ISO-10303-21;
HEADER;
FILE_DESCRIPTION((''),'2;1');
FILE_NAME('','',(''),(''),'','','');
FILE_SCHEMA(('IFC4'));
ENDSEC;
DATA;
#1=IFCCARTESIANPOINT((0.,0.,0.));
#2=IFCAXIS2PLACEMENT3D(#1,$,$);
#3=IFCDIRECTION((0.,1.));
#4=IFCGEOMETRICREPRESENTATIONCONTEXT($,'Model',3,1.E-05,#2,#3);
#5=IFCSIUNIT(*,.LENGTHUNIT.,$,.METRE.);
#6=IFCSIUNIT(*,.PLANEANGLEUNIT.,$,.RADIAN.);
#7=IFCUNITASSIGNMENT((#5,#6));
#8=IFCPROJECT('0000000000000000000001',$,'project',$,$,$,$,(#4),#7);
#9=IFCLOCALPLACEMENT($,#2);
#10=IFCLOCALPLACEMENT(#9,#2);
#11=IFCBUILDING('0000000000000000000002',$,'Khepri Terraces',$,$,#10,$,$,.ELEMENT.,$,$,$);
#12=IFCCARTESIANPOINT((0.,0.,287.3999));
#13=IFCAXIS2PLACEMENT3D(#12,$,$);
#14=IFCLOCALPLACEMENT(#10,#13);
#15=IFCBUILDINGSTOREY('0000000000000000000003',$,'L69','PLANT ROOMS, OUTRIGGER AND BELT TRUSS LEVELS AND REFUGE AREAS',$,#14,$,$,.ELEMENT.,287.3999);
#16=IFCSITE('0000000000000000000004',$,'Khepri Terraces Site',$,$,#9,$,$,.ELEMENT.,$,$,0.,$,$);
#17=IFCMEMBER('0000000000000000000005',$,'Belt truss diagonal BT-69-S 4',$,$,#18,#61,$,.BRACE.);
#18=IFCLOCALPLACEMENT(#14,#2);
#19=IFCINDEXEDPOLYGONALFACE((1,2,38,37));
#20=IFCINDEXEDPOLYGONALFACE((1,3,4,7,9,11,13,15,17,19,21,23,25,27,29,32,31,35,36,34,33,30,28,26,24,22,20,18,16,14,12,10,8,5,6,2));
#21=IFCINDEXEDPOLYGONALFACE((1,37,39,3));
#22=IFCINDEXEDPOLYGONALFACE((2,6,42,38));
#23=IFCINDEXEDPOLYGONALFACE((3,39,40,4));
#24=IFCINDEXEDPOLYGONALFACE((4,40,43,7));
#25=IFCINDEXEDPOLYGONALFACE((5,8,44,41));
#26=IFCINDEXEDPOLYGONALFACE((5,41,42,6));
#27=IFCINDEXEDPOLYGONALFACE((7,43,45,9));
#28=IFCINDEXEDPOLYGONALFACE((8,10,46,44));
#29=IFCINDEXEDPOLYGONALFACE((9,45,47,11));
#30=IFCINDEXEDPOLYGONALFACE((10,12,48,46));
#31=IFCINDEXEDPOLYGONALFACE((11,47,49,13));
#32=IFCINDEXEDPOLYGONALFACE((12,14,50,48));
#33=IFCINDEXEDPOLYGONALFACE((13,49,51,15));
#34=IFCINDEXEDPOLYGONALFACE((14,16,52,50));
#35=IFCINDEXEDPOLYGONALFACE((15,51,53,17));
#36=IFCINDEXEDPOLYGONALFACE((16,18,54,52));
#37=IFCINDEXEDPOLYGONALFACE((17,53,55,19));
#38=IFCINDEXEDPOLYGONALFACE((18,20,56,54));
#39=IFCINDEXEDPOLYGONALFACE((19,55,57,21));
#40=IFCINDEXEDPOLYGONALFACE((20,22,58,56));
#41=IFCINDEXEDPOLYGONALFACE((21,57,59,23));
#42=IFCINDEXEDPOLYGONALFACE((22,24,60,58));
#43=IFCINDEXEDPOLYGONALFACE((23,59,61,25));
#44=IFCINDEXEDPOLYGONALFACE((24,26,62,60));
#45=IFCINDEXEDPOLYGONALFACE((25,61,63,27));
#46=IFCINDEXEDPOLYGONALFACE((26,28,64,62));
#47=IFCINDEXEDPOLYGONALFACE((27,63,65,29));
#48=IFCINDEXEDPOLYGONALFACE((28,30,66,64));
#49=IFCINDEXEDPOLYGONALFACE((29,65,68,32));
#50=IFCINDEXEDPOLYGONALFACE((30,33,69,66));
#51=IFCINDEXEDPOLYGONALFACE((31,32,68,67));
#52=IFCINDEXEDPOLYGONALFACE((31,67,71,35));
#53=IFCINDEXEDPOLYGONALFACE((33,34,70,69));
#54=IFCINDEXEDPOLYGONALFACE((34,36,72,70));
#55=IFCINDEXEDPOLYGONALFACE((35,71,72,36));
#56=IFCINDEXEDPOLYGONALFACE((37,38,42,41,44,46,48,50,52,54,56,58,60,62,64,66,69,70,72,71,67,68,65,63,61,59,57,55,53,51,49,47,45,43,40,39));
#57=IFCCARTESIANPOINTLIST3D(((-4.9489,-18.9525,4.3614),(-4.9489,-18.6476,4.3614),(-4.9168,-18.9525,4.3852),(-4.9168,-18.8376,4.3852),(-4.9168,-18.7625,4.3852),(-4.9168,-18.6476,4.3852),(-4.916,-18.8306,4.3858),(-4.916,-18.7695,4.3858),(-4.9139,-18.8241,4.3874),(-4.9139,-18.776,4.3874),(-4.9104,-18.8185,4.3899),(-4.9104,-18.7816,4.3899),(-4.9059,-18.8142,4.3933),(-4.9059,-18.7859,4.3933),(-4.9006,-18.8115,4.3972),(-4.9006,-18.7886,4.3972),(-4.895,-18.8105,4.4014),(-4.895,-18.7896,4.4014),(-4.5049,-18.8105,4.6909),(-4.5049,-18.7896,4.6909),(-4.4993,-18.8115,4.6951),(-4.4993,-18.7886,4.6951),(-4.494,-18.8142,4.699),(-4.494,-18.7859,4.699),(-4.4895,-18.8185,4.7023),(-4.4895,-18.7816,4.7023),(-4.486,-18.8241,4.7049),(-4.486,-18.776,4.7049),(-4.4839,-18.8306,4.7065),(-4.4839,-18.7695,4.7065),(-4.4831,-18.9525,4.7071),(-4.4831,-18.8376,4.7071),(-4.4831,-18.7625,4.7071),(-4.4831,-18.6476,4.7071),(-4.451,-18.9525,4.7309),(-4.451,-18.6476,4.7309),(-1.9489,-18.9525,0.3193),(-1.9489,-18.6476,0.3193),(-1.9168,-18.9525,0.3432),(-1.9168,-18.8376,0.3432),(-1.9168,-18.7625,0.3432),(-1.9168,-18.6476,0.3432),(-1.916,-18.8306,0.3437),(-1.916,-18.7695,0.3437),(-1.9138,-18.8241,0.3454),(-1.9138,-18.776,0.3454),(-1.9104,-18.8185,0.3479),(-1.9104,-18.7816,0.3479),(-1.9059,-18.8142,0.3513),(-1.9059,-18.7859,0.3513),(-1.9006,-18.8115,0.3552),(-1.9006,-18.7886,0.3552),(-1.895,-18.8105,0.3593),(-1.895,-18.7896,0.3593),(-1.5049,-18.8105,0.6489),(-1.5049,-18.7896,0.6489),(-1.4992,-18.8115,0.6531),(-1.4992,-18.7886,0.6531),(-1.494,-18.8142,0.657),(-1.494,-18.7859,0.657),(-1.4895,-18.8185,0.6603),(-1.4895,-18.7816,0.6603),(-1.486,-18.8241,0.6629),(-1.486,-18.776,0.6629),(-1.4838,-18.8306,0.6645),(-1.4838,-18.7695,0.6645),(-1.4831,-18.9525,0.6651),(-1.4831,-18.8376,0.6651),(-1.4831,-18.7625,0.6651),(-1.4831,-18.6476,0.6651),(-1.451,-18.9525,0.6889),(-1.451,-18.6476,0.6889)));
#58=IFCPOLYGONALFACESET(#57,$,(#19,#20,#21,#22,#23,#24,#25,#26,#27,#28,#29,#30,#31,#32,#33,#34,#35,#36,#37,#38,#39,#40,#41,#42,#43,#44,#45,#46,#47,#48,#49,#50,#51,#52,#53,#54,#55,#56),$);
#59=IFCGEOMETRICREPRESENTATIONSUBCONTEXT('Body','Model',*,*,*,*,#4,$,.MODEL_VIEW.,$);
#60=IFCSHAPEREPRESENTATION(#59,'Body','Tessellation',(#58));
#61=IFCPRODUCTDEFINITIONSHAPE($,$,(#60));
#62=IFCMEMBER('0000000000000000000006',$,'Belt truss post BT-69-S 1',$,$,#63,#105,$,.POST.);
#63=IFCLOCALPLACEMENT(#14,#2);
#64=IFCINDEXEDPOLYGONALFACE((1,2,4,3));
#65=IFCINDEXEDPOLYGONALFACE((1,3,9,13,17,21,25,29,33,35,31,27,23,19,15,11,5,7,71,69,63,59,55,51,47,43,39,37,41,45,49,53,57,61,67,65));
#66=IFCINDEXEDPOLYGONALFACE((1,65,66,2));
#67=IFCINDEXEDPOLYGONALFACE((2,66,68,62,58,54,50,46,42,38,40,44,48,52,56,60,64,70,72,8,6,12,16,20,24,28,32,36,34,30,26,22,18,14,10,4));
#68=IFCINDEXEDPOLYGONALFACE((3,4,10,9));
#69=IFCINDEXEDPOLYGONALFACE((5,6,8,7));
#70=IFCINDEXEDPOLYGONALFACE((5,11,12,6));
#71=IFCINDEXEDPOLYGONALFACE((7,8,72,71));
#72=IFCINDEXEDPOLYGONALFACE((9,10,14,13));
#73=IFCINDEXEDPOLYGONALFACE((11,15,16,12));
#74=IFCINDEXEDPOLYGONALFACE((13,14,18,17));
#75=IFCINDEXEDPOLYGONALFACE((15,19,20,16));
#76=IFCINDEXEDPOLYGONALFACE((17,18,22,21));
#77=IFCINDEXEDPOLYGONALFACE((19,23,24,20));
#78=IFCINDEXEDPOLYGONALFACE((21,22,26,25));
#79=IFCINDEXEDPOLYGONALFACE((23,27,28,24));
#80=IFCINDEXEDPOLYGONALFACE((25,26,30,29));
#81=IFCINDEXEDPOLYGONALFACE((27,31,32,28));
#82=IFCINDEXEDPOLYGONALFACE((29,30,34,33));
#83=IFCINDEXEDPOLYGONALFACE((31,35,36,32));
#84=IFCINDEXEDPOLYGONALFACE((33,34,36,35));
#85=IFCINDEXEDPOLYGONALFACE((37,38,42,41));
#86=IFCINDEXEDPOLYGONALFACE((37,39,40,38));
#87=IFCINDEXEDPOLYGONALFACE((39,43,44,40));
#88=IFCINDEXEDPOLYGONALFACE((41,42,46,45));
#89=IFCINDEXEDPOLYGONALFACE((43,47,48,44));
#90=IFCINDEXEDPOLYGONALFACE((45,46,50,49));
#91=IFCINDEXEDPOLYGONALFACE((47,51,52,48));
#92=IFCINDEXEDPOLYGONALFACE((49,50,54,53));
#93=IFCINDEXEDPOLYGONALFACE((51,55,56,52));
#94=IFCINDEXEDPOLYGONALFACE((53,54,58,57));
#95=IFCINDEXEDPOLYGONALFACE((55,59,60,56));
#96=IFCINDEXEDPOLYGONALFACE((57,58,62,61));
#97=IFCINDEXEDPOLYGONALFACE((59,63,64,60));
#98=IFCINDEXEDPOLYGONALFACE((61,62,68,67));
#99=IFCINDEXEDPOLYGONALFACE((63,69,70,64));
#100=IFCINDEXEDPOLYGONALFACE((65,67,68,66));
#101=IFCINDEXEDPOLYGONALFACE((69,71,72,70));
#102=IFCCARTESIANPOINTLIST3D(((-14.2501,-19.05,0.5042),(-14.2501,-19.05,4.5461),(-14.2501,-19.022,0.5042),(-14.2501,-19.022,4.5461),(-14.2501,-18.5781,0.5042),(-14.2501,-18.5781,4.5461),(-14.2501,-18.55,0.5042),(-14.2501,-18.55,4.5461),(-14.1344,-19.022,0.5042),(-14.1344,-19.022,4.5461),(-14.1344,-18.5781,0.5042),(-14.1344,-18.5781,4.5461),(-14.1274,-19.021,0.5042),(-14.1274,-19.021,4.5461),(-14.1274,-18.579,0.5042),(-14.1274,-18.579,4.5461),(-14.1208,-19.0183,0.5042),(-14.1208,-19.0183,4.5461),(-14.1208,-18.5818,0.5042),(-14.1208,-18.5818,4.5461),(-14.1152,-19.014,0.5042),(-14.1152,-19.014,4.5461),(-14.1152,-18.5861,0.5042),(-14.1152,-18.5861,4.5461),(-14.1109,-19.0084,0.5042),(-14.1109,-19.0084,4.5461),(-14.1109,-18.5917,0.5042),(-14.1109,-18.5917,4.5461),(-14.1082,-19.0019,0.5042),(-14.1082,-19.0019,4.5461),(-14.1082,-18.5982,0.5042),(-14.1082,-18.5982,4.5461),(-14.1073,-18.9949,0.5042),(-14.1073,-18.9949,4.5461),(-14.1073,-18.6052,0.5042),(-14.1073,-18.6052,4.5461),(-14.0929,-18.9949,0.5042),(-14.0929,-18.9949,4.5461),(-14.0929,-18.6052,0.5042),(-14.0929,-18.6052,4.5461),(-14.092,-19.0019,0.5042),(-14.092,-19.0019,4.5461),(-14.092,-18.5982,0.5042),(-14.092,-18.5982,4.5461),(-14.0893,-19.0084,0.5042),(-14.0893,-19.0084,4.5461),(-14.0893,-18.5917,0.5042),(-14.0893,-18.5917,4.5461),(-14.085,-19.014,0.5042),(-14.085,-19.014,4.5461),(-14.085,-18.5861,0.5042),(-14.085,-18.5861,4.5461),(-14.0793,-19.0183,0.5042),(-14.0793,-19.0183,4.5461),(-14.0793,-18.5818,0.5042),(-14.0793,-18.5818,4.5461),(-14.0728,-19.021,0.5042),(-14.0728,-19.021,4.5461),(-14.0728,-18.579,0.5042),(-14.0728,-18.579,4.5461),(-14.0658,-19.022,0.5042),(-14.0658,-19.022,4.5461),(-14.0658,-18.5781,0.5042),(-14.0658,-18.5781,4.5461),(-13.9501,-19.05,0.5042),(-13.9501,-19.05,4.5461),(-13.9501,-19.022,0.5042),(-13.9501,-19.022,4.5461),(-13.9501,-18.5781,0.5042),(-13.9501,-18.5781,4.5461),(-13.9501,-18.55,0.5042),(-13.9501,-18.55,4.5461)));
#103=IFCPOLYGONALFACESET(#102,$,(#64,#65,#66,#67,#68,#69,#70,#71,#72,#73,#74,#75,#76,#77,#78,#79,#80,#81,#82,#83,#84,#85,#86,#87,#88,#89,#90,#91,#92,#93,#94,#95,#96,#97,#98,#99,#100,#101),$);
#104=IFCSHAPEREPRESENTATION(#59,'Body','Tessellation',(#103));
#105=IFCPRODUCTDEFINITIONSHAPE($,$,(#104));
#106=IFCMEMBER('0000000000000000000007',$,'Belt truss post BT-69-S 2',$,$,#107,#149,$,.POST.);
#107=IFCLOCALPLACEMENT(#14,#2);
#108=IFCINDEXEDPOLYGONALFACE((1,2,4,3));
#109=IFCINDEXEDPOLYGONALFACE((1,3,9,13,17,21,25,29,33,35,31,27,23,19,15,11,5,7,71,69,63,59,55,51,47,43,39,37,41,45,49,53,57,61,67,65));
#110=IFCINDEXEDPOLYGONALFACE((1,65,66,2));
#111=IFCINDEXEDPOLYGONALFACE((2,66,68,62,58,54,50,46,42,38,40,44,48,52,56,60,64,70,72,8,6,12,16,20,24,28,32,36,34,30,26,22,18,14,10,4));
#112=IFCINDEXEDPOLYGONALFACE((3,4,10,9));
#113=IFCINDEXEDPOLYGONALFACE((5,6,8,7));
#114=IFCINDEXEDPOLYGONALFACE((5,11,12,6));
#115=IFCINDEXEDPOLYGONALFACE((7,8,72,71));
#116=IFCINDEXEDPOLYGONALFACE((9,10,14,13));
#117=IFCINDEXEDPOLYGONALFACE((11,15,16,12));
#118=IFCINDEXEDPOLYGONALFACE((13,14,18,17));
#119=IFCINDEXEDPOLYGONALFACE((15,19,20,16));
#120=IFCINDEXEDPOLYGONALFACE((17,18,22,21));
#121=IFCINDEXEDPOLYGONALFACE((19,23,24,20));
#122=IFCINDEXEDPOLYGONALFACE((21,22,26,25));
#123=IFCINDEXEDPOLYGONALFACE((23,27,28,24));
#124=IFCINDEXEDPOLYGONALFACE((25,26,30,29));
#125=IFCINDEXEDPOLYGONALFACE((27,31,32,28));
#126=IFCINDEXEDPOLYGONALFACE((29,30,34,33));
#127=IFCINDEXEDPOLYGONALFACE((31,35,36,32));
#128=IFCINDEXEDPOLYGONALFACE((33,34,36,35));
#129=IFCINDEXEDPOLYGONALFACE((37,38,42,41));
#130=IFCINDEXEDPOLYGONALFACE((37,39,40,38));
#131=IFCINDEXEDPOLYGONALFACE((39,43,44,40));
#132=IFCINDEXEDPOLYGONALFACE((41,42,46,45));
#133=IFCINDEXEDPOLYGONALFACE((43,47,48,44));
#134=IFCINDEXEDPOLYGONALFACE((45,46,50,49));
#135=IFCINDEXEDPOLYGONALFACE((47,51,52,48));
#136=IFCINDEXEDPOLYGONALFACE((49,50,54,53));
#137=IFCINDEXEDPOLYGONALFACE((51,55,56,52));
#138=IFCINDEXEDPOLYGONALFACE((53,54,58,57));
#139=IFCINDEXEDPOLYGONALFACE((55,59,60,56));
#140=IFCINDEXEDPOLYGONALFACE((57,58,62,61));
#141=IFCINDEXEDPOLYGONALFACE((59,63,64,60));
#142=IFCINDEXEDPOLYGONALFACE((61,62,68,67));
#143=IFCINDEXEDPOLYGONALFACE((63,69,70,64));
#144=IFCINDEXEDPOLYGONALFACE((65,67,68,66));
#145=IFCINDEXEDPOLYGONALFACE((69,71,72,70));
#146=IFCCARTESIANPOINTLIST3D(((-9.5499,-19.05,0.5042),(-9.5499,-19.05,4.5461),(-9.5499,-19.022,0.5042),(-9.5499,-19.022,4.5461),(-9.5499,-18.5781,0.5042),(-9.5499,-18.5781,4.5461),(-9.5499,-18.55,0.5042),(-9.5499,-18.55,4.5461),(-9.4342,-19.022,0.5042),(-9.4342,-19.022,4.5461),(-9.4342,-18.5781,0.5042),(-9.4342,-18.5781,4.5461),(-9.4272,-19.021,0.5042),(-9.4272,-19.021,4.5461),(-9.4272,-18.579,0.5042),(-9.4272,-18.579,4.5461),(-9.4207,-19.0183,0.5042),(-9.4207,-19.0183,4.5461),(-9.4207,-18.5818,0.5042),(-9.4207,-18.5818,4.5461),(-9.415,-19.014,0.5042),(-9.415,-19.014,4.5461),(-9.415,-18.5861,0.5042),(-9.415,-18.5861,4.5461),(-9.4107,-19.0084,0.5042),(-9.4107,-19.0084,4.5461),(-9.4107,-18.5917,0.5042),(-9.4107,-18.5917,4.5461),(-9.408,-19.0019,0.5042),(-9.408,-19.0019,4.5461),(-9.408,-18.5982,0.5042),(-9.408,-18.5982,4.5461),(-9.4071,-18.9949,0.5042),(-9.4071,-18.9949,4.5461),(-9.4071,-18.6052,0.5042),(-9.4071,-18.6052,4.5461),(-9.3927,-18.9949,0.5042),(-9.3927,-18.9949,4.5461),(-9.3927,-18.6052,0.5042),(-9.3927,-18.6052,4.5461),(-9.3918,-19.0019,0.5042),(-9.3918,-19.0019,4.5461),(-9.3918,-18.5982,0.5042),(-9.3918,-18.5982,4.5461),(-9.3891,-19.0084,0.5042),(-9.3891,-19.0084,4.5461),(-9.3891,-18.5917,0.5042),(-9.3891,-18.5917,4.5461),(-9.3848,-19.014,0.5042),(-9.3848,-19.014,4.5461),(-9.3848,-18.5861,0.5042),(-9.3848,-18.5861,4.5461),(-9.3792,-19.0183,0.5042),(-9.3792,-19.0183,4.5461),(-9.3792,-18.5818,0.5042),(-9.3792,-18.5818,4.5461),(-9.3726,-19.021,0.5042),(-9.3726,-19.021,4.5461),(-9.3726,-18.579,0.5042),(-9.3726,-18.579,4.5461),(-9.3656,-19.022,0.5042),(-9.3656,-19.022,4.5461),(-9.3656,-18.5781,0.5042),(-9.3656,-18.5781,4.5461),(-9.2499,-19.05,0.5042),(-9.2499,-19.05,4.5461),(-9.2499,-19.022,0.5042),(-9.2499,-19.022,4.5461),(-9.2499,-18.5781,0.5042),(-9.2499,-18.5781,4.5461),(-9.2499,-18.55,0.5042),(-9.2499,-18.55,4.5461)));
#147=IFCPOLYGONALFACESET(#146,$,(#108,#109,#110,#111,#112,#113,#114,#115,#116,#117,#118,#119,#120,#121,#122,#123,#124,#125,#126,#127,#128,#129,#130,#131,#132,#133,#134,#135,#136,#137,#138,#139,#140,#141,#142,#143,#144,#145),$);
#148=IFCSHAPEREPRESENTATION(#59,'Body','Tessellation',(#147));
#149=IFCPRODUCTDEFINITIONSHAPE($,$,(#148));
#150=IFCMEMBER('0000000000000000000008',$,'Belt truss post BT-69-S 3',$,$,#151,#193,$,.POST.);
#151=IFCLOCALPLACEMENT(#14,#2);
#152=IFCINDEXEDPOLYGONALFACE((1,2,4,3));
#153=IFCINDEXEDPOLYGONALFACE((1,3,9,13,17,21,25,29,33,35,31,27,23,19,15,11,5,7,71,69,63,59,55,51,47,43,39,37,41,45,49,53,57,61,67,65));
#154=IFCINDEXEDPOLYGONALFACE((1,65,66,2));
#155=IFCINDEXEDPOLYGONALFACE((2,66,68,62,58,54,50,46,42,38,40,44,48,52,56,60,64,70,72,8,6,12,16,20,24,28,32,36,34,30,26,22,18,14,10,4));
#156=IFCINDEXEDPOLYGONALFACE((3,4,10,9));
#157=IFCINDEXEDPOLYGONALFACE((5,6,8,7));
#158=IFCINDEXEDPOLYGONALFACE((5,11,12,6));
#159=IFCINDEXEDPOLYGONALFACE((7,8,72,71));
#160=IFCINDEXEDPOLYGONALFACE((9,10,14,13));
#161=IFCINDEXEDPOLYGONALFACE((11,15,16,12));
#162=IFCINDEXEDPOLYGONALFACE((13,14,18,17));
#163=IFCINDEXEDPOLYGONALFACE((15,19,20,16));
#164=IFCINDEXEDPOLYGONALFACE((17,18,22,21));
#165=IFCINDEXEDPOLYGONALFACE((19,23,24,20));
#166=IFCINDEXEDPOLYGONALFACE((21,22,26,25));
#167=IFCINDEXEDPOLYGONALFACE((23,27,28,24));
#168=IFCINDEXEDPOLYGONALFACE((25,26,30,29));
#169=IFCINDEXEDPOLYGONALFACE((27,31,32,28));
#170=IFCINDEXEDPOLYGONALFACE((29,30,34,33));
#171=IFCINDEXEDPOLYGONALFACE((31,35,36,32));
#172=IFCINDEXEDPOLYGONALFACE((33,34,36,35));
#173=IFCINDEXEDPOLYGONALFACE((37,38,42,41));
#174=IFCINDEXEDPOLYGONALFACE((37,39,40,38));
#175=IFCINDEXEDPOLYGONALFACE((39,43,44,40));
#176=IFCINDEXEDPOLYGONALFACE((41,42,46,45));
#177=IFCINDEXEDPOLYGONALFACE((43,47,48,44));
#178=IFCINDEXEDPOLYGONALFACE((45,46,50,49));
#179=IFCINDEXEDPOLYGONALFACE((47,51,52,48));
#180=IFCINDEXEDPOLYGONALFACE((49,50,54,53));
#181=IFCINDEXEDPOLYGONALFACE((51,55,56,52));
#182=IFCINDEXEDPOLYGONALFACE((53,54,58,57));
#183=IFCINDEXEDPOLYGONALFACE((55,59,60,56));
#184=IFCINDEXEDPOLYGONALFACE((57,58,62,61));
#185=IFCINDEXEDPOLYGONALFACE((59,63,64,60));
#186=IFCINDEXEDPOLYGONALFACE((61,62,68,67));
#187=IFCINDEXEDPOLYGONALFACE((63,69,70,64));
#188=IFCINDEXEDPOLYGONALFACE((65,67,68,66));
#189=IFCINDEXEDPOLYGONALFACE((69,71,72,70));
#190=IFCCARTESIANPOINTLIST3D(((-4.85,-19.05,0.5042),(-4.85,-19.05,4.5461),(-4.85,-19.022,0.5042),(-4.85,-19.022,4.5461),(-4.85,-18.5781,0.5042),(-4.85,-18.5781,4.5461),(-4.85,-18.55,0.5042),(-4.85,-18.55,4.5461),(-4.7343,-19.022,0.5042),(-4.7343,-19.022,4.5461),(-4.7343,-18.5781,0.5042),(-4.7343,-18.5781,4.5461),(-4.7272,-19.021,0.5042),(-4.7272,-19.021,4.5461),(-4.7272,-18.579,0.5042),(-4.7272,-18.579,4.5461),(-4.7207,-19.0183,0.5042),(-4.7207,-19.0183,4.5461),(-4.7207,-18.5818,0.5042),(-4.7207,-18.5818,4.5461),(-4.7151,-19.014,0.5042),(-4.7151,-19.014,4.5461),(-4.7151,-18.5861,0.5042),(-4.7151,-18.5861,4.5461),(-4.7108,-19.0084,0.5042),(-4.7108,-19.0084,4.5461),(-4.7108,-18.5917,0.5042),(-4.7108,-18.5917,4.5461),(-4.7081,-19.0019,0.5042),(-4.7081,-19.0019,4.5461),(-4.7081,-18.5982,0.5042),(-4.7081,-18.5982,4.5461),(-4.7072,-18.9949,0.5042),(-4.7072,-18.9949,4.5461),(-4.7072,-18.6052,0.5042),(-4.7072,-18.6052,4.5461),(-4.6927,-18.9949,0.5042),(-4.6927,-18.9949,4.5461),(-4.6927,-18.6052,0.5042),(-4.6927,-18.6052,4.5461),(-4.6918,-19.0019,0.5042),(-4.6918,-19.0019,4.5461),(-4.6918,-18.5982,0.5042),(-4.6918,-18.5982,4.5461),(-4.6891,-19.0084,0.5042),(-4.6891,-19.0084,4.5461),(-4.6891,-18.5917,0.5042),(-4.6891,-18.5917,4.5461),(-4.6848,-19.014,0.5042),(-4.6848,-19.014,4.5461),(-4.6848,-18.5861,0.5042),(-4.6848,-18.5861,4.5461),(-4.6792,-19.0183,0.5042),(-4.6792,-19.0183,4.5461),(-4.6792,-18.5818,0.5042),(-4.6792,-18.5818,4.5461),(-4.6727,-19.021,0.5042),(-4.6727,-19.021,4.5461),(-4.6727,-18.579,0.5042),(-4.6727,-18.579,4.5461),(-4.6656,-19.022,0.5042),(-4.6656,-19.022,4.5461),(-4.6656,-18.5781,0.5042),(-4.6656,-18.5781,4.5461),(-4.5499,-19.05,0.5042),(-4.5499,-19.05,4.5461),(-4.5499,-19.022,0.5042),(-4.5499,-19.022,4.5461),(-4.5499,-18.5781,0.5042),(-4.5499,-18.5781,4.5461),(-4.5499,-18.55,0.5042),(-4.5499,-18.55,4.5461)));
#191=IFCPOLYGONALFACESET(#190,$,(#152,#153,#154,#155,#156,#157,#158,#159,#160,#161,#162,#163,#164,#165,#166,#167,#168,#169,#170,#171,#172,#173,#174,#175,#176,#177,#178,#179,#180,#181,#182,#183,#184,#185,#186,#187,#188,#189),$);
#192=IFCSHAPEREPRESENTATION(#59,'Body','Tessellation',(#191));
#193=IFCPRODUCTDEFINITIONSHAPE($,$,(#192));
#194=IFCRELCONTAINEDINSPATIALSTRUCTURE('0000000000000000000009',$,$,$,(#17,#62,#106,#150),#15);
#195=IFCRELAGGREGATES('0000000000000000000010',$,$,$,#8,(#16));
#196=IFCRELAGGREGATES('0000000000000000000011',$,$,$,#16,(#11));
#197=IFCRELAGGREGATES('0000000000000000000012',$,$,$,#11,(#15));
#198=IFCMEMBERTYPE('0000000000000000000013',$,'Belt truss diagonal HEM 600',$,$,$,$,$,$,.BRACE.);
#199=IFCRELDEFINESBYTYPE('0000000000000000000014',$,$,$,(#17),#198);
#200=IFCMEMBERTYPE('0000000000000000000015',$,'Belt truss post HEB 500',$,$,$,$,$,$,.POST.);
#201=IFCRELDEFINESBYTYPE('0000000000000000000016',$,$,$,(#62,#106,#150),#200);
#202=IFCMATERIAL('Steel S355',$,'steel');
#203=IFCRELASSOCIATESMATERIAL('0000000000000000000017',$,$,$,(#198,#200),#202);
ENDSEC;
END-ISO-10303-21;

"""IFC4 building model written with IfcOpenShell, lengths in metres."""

from ifc_helpers import new_model, si_unit, direction, frame, origin, origin_2d, place, context, subcontext, project, spatial, i_section, extrude, material, material_profile, profile_set, type_object, element, save


model = new_model("IFC4")

# Units and contexts
model_context = context("Model", 3, precision=1e-05, world=origin(), true_north=direction((0.0, 1.0)))
body_context = subcontext(model_context, "Body", "Model", "MODEL_VIEW")
ifc_project = project(units=[si_unit("LENGTHUNIT", "METRE"), si_unit("PLANEANGLEUNIT", "RADIAN")], contexts=[model_context])

# Site, building, storey
site_placement = place(None, origin())
site = spatial("IfcSite", under=ifc_project, at=site_placement, Name="Khepri Terraces Site", CompositionType="ELEMENT", RefElevation=0.0)
building_placement = place(site_placement, origin())
building = spatial("IfcBuilding", under=site, at=building_placement, Name="Khepri Terraces", CompositionType="ELEMENT")
storey_placement = place(building_placement, frame((0.0, 0.0, 287.3999)))
storey = spatial("IfcBuildingStorey", under=building, at=storey_placement, Name="L69", Description="PLANT ROOMS, OUTRIGGER AND BELT TRUSS LEVELS AND REFUGE AREAS", CompositionType="ELEMENT", Elevation=287.3999)

# Members
ifc_material_1 = material(Name="Steel S355", Category="steel")
ifc_material_profile_1 = material_profile(ifc_material_1, i_section(OverallWidth=0.3049, OverallDepth=0.6201, WebThickness=0.021, FlangeThickness=0.04, FilletRadius=0.0271, at=origin_2d()), Name="Steel S355", Category="steel")
ifc_profile_set_1 = profile_set([ifc_material_profile_1], Name="Steel S355")
member_type_1 = type_object("IfcMemberType", Name="Belt truss diagonal HEM 600", PredefinedType="BRACE", material=ifc_profile_set_1)
member_1_placement = place(storey_placement, frame((-4.7, -18.8, 4.5461), z_axis=(0.595988, 0.0, -0.802993), x_axis=(0.0, 1.0, 0.0)))
element("IfcMember", 1, at=member_1_placement, inside=storey, type_object=member_type_1, Name="Belt truss diagonal BT-69-S 4", PredefinedType="BRACE", context=body_context, shape_type="SweptSolid", body=[
    extrude(i_section(OverallWidth=0.3049, OverallDepth=0.6201, WebThickness=0.021, FlangeThickness=0.04, FilletRadius=0.0271, at=origin_2d()), origin(), (0.0, 0.0, 1.0), 5.0337),
])
ifc_material_profile_2 = material_profile(ifc_material_1, i_section(OverallWidth=0.3, OverallDepth=0.5, WebThickness=0.0144, FlangeThickness=0.0281, FilletRadius=0.0271, at=origin_2d()), Name="Steel S355", Category="steel")
ifc_profile_set_2 = profile_set([ifc_material_profile_2], Name="Steel S355")
member_type_2 = type_object("IfcMemberType", Name="Belt truss post HEB 500", PredefinedType="POST", material=ifc_profile_set_2)
for number, where, z_axis, x_axis, name in (
    (2, (-14.1001, -18.8, 0.5042), (0.0, 0.0, 1.0), (1.0, 0.0, 0.0), "Belt truss post BT-69-S 1"),
    (3, (-9.3999, -18.8, 0.5042), (0.0, 0.0, 1.0), (1.0, 0.0, 0.0), "Belt truss post BT-69-S 2"),
    (4, (-4.7, -18.8, 0.5042), (0.0, 0.0, 1.0), (1.0, 0.0, 0.0), "Belt truss post BT-69-S 3"),
):
    element("IfcMember", number, at=place(storey_placement, frame(where, z_axis=z_axis, x_axis=x_axis)), inside=storey, type_object=member_type_2, Name=name, PredefinedType="POST", context=body_context, shape_type="SweptSolid", body=[
        extrude(i_section(OverallWidth=0.3, OverallDepth=0.5, WebThickness=0.0144, FlangeThickness=0.0281, FilletRadius=0.0271, at=origin_2d()), origin(), (0.0, 0.0, 1.0), 4.042),
    ])

save(model, "model.ifc")
